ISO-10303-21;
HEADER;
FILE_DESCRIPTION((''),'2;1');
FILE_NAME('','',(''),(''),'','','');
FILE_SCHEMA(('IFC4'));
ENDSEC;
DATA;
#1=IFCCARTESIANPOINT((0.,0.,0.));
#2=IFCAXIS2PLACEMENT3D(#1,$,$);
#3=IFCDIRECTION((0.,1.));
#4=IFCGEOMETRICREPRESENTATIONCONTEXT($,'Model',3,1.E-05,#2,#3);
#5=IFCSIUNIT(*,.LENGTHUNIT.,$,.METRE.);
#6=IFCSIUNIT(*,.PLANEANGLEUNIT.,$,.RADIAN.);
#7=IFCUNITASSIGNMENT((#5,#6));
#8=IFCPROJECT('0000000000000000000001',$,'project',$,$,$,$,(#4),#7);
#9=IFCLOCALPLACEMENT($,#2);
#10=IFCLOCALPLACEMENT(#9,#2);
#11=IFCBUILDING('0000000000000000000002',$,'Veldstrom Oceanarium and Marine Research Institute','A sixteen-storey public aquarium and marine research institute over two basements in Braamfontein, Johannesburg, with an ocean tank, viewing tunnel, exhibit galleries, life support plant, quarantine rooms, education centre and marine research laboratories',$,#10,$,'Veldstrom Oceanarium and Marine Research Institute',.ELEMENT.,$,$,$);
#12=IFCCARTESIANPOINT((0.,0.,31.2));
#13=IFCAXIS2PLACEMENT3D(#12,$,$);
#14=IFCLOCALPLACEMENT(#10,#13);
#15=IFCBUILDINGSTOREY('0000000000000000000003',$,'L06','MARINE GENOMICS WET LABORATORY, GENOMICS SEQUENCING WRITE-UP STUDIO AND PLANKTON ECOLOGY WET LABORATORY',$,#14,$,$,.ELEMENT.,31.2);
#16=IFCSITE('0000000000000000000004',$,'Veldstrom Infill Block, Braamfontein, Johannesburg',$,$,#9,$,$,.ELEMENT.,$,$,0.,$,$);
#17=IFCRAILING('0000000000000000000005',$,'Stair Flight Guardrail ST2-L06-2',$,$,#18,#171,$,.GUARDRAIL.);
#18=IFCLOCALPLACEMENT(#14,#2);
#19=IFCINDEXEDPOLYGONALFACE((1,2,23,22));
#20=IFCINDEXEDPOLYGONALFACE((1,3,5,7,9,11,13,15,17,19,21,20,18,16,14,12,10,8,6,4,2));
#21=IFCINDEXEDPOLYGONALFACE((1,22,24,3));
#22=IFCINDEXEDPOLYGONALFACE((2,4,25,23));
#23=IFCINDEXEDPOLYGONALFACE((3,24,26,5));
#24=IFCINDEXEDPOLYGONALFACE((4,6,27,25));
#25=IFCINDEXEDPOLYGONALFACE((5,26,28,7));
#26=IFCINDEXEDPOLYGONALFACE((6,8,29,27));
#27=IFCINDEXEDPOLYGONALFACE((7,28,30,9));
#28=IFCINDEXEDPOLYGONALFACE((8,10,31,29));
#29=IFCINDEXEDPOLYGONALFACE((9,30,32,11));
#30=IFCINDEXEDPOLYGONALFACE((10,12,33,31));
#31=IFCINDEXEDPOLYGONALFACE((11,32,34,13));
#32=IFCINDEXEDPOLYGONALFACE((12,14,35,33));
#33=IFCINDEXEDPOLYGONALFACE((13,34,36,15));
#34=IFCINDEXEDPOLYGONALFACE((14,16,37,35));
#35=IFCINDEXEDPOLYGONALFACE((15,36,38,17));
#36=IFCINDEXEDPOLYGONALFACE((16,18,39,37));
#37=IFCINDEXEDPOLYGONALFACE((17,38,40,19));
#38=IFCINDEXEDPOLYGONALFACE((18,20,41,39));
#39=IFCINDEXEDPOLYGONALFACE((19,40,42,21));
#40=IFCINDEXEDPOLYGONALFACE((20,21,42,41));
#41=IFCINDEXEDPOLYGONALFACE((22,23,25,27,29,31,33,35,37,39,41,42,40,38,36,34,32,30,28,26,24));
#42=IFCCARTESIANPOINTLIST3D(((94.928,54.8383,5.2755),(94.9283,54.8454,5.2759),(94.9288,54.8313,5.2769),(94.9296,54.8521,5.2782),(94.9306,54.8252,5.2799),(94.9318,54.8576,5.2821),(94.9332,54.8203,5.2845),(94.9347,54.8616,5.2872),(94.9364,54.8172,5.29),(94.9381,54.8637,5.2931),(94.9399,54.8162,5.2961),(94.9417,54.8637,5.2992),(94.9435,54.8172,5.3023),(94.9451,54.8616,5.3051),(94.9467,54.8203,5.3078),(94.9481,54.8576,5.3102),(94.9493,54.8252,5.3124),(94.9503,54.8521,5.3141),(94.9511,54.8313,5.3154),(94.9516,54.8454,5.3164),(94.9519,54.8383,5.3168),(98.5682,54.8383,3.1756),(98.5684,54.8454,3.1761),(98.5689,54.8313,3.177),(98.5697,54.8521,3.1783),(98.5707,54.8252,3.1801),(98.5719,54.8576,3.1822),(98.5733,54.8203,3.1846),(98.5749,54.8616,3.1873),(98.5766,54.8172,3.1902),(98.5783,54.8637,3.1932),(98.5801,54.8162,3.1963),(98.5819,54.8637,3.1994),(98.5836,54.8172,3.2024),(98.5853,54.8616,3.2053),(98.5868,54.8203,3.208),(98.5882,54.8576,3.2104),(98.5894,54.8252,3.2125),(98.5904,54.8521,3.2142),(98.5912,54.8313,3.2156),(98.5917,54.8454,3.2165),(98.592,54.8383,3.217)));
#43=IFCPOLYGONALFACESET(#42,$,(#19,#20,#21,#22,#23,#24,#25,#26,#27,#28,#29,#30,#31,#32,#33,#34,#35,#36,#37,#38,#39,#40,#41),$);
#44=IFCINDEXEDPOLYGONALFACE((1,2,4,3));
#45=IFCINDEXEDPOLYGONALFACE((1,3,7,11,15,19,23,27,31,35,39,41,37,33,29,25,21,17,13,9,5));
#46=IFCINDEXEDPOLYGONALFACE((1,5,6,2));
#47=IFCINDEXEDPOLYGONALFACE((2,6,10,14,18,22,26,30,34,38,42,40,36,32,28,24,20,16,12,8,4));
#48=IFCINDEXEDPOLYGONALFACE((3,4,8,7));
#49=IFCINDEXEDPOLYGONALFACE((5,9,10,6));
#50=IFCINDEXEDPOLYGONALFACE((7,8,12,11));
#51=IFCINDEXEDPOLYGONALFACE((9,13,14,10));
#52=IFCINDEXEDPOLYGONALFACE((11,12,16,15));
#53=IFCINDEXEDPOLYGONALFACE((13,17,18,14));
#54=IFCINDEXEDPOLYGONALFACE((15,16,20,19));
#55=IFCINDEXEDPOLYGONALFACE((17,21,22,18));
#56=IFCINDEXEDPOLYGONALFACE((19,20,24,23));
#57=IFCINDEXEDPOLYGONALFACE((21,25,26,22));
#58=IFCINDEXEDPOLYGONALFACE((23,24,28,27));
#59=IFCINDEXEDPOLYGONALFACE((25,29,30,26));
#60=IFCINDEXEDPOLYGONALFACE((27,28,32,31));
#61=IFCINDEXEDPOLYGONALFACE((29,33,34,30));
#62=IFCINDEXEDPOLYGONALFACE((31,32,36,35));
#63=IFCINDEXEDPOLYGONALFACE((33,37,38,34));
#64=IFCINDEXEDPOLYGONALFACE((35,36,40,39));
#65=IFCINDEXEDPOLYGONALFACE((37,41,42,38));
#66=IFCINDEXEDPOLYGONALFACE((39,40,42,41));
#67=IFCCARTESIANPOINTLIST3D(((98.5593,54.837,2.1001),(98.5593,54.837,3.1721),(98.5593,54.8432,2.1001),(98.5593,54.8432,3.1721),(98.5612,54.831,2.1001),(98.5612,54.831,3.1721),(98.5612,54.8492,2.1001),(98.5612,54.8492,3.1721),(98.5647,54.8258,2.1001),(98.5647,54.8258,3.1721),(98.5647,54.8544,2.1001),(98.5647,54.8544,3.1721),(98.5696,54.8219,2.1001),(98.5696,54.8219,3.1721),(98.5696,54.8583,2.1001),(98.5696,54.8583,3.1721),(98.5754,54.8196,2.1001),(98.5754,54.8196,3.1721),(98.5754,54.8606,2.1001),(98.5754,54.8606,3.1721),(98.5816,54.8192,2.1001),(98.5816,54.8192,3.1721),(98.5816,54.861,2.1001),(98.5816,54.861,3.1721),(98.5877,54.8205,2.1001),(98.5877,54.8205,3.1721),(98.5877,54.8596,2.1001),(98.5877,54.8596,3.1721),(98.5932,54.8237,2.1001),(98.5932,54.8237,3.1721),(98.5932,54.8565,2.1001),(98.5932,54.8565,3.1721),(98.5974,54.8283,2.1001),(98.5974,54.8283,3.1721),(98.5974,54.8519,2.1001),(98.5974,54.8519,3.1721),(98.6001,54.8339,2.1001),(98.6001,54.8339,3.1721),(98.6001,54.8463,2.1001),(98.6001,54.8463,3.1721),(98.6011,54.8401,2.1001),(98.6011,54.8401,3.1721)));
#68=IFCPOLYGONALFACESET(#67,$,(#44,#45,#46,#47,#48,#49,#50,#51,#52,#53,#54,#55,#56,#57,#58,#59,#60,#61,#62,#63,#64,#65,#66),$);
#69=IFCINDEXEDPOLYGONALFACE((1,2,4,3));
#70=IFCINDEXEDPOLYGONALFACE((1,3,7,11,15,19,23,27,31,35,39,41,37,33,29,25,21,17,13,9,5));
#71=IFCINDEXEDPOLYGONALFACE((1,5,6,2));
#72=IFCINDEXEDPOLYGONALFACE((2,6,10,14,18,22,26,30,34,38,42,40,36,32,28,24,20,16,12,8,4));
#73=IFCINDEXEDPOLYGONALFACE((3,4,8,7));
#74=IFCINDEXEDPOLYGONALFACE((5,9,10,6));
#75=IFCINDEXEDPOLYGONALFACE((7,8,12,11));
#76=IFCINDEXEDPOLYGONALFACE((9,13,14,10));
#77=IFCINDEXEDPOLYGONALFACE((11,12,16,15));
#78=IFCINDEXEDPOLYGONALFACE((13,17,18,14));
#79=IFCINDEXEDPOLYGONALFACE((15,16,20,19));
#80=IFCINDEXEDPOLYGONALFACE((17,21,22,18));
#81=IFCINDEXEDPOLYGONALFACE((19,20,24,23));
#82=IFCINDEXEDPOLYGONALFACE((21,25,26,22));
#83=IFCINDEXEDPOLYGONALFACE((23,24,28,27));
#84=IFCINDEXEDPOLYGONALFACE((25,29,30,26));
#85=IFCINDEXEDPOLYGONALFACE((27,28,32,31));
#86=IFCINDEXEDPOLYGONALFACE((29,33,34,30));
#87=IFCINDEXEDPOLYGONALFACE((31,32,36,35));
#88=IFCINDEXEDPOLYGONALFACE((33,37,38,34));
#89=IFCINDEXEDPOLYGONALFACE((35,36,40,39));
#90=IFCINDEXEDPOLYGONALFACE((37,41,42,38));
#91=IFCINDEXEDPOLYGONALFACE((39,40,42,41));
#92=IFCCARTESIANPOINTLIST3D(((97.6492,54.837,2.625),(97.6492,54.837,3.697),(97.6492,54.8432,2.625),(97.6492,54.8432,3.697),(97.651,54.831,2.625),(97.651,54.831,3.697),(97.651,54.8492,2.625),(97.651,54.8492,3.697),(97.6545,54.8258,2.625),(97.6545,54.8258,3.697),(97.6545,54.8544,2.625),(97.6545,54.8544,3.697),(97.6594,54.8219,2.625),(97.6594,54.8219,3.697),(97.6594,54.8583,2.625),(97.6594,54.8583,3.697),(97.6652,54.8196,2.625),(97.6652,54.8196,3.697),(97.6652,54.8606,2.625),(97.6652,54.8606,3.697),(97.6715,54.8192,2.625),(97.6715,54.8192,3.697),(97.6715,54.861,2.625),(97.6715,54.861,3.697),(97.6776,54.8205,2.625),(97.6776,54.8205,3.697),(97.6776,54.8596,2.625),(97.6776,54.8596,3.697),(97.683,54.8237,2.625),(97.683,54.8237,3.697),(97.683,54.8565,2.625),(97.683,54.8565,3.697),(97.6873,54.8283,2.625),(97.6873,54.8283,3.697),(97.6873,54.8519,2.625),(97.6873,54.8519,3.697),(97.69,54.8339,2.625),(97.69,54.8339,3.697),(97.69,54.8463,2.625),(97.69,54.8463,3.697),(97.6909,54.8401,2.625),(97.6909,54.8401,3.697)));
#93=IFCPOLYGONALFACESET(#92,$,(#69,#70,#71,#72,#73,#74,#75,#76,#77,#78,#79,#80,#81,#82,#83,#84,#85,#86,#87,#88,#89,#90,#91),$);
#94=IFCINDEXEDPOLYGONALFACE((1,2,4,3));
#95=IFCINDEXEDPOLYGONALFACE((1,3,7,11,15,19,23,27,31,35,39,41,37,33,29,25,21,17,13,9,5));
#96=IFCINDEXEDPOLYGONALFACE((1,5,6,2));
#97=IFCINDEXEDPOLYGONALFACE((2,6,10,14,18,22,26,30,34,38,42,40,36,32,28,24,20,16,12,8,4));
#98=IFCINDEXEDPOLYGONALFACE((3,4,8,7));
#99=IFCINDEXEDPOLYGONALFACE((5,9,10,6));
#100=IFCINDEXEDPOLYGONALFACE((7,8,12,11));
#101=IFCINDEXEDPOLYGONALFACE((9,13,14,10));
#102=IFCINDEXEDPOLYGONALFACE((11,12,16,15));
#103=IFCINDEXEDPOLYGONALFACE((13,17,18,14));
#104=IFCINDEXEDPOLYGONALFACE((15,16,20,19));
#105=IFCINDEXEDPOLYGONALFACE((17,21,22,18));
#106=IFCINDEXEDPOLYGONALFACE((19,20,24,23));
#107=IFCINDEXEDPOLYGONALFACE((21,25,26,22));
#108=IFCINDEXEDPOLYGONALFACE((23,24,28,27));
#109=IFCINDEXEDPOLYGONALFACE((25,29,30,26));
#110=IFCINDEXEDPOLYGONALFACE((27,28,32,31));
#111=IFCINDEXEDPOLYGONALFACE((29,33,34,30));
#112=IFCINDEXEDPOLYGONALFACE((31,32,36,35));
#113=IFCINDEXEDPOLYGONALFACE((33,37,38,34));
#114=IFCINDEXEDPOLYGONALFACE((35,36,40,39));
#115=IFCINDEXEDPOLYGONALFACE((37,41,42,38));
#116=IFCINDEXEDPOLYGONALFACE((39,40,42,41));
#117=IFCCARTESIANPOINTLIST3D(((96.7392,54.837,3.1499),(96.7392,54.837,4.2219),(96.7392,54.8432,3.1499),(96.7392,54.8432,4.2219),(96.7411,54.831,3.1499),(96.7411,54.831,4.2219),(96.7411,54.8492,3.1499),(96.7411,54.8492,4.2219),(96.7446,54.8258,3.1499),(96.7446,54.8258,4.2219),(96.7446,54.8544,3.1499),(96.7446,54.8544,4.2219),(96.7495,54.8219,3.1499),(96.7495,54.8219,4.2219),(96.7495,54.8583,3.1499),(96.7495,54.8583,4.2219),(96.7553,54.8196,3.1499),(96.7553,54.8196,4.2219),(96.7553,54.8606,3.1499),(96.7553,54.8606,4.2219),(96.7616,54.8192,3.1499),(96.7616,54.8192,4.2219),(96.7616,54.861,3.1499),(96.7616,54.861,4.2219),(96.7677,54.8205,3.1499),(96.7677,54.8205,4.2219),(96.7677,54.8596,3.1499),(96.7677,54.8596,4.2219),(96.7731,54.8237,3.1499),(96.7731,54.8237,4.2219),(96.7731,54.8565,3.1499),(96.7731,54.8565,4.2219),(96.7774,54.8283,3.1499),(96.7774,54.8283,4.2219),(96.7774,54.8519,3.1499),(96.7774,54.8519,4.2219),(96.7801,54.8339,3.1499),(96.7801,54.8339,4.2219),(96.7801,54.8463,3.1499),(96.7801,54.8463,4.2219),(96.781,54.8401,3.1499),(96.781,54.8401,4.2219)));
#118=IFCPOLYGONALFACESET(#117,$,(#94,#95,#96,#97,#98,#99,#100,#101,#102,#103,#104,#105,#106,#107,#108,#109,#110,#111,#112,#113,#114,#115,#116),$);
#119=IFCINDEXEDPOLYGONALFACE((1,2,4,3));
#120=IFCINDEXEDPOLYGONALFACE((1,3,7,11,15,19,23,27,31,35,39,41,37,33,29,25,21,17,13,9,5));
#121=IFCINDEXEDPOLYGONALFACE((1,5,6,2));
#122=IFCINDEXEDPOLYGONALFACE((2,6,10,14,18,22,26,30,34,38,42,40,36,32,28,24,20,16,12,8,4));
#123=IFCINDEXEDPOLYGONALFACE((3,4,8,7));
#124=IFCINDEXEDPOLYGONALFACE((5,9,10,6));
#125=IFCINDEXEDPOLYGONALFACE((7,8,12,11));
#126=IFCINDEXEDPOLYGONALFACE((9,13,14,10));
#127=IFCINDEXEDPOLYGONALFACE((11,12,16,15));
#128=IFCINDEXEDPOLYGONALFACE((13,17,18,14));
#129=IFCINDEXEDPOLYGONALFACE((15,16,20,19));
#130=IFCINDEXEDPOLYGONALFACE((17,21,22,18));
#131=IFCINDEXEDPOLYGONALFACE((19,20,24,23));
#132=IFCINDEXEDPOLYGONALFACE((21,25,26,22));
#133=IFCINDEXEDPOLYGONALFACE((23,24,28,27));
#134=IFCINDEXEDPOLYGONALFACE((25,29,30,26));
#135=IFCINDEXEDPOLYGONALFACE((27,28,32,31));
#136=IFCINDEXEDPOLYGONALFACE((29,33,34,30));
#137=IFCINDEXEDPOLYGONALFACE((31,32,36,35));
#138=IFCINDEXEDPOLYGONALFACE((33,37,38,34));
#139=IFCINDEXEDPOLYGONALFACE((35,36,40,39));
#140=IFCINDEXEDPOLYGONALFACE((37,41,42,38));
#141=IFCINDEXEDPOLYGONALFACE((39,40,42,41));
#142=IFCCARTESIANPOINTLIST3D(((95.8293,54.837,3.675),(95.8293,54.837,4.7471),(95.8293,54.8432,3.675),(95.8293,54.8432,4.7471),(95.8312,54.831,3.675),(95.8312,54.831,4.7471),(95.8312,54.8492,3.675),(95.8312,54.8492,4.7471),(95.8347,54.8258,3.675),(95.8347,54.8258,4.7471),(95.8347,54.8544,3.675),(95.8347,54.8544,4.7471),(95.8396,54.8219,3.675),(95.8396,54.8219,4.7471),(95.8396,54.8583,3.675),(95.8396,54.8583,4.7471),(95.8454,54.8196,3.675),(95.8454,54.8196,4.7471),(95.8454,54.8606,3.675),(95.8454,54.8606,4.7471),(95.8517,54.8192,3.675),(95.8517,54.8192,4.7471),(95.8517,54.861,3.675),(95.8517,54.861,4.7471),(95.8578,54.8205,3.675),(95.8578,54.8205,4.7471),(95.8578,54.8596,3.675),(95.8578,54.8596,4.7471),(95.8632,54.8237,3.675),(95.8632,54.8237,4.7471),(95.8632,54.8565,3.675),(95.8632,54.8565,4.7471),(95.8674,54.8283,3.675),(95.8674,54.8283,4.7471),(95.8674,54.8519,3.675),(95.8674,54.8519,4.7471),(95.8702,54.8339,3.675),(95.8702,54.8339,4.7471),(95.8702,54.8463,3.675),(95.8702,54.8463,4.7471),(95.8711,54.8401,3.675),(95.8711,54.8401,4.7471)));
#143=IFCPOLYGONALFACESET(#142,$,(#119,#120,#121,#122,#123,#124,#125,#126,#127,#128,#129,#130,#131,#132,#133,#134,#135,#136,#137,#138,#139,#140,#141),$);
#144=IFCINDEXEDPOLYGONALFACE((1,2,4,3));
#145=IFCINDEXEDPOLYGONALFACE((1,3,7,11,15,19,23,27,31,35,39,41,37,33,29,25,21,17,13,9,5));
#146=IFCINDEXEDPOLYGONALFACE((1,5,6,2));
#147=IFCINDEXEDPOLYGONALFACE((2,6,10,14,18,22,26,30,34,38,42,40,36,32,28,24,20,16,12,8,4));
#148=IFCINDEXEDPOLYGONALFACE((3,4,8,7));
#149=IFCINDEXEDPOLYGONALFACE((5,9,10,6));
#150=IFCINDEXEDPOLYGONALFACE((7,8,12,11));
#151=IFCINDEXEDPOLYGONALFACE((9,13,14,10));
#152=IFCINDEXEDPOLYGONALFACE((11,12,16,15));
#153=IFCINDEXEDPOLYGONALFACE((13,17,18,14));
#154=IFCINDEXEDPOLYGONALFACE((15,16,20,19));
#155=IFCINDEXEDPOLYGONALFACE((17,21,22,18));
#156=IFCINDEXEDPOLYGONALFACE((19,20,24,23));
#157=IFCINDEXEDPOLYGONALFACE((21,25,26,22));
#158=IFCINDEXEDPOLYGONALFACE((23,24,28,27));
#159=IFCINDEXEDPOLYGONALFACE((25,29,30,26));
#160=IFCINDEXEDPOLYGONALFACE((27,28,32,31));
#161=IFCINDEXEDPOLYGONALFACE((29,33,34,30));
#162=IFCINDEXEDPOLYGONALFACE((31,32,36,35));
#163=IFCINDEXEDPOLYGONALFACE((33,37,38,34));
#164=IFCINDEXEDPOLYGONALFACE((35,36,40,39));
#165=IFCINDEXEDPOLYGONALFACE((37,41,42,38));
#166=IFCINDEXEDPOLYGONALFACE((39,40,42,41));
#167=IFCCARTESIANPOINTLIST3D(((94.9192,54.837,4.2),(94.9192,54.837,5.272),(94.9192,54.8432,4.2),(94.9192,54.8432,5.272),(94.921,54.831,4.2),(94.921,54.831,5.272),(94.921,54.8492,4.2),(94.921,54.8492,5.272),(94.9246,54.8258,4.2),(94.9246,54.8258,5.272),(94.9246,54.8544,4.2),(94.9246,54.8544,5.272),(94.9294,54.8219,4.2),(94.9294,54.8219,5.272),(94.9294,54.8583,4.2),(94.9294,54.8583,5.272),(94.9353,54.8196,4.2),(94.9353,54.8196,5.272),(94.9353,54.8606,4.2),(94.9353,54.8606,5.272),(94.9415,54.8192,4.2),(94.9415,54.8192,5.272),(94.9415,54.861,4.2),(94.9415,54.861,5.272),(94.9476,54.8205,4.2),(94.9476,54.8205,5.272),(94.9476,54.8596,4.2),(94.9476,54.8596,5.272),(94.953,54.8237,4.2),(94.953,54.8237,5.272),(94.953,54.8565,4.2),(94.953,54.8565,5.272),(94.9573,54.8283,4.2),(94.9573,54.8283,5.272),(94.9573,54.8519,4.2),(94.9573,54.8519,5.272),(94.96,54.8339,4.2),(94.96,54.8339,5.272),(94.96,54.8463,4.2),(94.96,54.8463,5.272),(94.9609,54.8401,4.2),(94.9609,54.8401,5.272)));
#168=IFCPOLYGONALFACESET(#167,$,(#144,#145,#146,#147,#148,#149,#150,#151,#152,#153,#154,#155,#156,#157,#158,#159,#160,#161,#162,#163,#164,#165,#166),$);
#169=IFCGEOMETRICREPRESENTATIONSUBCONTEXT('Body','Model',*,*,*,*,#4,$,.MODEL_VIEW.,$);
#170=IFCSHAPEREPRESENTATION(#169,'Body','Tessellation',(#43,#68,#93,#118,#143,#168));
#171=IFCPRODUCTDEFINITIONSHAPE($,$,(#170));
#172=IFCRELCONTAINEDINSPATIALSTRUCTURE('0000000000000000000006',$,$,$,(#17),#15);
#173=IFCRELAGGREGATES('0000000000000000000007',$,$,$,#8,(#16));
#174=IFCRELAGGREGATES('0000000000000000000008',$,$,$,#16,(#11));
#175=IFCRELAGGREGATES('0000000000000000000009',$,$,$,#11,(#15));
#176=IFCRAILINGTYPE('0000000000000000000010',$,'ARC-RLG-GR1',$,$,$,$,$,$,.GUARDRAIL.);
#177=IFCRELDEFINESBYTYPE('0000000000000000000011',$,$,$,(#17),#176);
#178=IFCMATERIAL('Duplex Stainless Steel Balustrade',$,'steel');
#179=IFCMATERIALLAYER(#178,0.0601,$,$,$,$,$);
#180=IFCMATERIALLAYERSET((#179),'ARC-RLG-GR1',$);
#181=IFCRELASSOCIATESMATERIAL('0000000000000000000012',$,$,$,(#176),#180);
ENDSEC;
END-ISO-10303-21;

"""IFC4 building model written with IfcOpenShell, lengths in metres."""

from ifc_helpers import new_model, si_unit, direction, frame, origin, origin_2d, place, context, subcontext, project, spatial, circle, extrude, material, layer, layer_set, type_object, element, save


model = new_model("IFC4")

# Units and contexts
model_context = context("Model", 3, precision=1e-05, world=origin(), true_north=direction((0.0, 1.0)))
body_context = subcontext(model_context, "Body", "Model", "MODEL_VIEW")
ifc_project = project(units=[si_unit("LENGTHUNIT", "METRE"), si_unit("PLANEANGLEUNIT", "RADIAN")], contexts=[model_context])

# Site, building, storey
site_placement = place(None, origin())
site = spatial("IfcSite", under=ifc_project, at=site_placement, Name="Veldstrom Infill Block, Braamfontein, Johannesburg", CompositionType="ELEMENT", RefElevation=0.0)
building_placement = place(site_placement, origin())
building = spatial("IfcBuilding", under=site, at=building_placement, Name="Veldstrom Oceanarium and Marine Research Institute", Description="A sixteen-storey public aquarium and marine research institute over two basements in Braamfontein, Johannesburg, with an ocean tank, viewing tunnel, exhibit galleries, life support plant, quarantine rooms, education centre and marine research laboratories", LongName="Veldstrom Oceanarium and Marine Research Institute", CompositionType="ELEMENT")
storey_placement = place(building_placement, frame((0.0, 0.0, 31.2)))
storey = spatial("IfcBuildingStorey", under=building, at=storey_placement, Name="L06", Description="MARINE GENOMICS WET LABORATORY, GENOMICS SEQUENCING WRITE-UP STUDIO AND PLANKTON ECOLOGY WET LABORATORY", CompositionType="ELEMENT", Elevation=31.2)

# Railing
ifc_material_1 = material(Name="Duplex Stainless Steel Balustrade", Category="steel")
ifc_layer_1 = layer(ifc_material_1, 0.0601)
ifc_layer_set_1 = layer_set([ifc_layer_1], Name="ARC-RLG-GR1")
railing_type_1 = type_object("IfcRailingType", Name="ARC-RLG-GR1", PredefinedType="GUARDRAIL", material=ifc_layer_set_1)
railing_1_placement = place(storey_placement, frame((98.5801, 54.8401, 2.1001)))
element("IfcRailing", 1, at=railing_1_placement, inside=storey, type_object=railing_type_1, Name="Stair Flight Guardrail ST2-L06-2", PredefinedType="GUARDRAIL", context=body_context, shape_type="SweptSolid", body=[
    extrude(circle(Radius=0.0239, at=origin_2d()), frame((0.0, 0.0, 1.0962), z_axis=(-0.866209, 0.0, 0.499682), x_axis=(0.0, -1.0, 0.0)), (0.0, 0.0, 1.0), 4.2024),
    extrude(circle(Radius=0.021, at=origin_2d()), origin(), (0.0, 0.0, 1.0), 1.072),
    extrude(circle(Radius=0.021, at=origin_2d()), frame((-0.9102, 0.0, 0.5249)), (0.0, 0.0, 1.0), 1.072),
    extrude(circle(Radius=0.021, at=origin_2d()), frame((-1.8201, 0.0, 1.0498)), (0.0, 0.0, 1.0), 1.072),
    extrude(circle(Radius=0.021, at=origin_2d()), frame((-2.73, 0.0, 1.575)), (0.0, 0.0, 1.0), 1.072),
    extrude(circle(Radius=0.021, at=origin_2d()), frame((-3.6401, 0.0, 2.0999)), (0.0, 0.0, 1.0), 1.072),
])

save(model, "model.ifc")
